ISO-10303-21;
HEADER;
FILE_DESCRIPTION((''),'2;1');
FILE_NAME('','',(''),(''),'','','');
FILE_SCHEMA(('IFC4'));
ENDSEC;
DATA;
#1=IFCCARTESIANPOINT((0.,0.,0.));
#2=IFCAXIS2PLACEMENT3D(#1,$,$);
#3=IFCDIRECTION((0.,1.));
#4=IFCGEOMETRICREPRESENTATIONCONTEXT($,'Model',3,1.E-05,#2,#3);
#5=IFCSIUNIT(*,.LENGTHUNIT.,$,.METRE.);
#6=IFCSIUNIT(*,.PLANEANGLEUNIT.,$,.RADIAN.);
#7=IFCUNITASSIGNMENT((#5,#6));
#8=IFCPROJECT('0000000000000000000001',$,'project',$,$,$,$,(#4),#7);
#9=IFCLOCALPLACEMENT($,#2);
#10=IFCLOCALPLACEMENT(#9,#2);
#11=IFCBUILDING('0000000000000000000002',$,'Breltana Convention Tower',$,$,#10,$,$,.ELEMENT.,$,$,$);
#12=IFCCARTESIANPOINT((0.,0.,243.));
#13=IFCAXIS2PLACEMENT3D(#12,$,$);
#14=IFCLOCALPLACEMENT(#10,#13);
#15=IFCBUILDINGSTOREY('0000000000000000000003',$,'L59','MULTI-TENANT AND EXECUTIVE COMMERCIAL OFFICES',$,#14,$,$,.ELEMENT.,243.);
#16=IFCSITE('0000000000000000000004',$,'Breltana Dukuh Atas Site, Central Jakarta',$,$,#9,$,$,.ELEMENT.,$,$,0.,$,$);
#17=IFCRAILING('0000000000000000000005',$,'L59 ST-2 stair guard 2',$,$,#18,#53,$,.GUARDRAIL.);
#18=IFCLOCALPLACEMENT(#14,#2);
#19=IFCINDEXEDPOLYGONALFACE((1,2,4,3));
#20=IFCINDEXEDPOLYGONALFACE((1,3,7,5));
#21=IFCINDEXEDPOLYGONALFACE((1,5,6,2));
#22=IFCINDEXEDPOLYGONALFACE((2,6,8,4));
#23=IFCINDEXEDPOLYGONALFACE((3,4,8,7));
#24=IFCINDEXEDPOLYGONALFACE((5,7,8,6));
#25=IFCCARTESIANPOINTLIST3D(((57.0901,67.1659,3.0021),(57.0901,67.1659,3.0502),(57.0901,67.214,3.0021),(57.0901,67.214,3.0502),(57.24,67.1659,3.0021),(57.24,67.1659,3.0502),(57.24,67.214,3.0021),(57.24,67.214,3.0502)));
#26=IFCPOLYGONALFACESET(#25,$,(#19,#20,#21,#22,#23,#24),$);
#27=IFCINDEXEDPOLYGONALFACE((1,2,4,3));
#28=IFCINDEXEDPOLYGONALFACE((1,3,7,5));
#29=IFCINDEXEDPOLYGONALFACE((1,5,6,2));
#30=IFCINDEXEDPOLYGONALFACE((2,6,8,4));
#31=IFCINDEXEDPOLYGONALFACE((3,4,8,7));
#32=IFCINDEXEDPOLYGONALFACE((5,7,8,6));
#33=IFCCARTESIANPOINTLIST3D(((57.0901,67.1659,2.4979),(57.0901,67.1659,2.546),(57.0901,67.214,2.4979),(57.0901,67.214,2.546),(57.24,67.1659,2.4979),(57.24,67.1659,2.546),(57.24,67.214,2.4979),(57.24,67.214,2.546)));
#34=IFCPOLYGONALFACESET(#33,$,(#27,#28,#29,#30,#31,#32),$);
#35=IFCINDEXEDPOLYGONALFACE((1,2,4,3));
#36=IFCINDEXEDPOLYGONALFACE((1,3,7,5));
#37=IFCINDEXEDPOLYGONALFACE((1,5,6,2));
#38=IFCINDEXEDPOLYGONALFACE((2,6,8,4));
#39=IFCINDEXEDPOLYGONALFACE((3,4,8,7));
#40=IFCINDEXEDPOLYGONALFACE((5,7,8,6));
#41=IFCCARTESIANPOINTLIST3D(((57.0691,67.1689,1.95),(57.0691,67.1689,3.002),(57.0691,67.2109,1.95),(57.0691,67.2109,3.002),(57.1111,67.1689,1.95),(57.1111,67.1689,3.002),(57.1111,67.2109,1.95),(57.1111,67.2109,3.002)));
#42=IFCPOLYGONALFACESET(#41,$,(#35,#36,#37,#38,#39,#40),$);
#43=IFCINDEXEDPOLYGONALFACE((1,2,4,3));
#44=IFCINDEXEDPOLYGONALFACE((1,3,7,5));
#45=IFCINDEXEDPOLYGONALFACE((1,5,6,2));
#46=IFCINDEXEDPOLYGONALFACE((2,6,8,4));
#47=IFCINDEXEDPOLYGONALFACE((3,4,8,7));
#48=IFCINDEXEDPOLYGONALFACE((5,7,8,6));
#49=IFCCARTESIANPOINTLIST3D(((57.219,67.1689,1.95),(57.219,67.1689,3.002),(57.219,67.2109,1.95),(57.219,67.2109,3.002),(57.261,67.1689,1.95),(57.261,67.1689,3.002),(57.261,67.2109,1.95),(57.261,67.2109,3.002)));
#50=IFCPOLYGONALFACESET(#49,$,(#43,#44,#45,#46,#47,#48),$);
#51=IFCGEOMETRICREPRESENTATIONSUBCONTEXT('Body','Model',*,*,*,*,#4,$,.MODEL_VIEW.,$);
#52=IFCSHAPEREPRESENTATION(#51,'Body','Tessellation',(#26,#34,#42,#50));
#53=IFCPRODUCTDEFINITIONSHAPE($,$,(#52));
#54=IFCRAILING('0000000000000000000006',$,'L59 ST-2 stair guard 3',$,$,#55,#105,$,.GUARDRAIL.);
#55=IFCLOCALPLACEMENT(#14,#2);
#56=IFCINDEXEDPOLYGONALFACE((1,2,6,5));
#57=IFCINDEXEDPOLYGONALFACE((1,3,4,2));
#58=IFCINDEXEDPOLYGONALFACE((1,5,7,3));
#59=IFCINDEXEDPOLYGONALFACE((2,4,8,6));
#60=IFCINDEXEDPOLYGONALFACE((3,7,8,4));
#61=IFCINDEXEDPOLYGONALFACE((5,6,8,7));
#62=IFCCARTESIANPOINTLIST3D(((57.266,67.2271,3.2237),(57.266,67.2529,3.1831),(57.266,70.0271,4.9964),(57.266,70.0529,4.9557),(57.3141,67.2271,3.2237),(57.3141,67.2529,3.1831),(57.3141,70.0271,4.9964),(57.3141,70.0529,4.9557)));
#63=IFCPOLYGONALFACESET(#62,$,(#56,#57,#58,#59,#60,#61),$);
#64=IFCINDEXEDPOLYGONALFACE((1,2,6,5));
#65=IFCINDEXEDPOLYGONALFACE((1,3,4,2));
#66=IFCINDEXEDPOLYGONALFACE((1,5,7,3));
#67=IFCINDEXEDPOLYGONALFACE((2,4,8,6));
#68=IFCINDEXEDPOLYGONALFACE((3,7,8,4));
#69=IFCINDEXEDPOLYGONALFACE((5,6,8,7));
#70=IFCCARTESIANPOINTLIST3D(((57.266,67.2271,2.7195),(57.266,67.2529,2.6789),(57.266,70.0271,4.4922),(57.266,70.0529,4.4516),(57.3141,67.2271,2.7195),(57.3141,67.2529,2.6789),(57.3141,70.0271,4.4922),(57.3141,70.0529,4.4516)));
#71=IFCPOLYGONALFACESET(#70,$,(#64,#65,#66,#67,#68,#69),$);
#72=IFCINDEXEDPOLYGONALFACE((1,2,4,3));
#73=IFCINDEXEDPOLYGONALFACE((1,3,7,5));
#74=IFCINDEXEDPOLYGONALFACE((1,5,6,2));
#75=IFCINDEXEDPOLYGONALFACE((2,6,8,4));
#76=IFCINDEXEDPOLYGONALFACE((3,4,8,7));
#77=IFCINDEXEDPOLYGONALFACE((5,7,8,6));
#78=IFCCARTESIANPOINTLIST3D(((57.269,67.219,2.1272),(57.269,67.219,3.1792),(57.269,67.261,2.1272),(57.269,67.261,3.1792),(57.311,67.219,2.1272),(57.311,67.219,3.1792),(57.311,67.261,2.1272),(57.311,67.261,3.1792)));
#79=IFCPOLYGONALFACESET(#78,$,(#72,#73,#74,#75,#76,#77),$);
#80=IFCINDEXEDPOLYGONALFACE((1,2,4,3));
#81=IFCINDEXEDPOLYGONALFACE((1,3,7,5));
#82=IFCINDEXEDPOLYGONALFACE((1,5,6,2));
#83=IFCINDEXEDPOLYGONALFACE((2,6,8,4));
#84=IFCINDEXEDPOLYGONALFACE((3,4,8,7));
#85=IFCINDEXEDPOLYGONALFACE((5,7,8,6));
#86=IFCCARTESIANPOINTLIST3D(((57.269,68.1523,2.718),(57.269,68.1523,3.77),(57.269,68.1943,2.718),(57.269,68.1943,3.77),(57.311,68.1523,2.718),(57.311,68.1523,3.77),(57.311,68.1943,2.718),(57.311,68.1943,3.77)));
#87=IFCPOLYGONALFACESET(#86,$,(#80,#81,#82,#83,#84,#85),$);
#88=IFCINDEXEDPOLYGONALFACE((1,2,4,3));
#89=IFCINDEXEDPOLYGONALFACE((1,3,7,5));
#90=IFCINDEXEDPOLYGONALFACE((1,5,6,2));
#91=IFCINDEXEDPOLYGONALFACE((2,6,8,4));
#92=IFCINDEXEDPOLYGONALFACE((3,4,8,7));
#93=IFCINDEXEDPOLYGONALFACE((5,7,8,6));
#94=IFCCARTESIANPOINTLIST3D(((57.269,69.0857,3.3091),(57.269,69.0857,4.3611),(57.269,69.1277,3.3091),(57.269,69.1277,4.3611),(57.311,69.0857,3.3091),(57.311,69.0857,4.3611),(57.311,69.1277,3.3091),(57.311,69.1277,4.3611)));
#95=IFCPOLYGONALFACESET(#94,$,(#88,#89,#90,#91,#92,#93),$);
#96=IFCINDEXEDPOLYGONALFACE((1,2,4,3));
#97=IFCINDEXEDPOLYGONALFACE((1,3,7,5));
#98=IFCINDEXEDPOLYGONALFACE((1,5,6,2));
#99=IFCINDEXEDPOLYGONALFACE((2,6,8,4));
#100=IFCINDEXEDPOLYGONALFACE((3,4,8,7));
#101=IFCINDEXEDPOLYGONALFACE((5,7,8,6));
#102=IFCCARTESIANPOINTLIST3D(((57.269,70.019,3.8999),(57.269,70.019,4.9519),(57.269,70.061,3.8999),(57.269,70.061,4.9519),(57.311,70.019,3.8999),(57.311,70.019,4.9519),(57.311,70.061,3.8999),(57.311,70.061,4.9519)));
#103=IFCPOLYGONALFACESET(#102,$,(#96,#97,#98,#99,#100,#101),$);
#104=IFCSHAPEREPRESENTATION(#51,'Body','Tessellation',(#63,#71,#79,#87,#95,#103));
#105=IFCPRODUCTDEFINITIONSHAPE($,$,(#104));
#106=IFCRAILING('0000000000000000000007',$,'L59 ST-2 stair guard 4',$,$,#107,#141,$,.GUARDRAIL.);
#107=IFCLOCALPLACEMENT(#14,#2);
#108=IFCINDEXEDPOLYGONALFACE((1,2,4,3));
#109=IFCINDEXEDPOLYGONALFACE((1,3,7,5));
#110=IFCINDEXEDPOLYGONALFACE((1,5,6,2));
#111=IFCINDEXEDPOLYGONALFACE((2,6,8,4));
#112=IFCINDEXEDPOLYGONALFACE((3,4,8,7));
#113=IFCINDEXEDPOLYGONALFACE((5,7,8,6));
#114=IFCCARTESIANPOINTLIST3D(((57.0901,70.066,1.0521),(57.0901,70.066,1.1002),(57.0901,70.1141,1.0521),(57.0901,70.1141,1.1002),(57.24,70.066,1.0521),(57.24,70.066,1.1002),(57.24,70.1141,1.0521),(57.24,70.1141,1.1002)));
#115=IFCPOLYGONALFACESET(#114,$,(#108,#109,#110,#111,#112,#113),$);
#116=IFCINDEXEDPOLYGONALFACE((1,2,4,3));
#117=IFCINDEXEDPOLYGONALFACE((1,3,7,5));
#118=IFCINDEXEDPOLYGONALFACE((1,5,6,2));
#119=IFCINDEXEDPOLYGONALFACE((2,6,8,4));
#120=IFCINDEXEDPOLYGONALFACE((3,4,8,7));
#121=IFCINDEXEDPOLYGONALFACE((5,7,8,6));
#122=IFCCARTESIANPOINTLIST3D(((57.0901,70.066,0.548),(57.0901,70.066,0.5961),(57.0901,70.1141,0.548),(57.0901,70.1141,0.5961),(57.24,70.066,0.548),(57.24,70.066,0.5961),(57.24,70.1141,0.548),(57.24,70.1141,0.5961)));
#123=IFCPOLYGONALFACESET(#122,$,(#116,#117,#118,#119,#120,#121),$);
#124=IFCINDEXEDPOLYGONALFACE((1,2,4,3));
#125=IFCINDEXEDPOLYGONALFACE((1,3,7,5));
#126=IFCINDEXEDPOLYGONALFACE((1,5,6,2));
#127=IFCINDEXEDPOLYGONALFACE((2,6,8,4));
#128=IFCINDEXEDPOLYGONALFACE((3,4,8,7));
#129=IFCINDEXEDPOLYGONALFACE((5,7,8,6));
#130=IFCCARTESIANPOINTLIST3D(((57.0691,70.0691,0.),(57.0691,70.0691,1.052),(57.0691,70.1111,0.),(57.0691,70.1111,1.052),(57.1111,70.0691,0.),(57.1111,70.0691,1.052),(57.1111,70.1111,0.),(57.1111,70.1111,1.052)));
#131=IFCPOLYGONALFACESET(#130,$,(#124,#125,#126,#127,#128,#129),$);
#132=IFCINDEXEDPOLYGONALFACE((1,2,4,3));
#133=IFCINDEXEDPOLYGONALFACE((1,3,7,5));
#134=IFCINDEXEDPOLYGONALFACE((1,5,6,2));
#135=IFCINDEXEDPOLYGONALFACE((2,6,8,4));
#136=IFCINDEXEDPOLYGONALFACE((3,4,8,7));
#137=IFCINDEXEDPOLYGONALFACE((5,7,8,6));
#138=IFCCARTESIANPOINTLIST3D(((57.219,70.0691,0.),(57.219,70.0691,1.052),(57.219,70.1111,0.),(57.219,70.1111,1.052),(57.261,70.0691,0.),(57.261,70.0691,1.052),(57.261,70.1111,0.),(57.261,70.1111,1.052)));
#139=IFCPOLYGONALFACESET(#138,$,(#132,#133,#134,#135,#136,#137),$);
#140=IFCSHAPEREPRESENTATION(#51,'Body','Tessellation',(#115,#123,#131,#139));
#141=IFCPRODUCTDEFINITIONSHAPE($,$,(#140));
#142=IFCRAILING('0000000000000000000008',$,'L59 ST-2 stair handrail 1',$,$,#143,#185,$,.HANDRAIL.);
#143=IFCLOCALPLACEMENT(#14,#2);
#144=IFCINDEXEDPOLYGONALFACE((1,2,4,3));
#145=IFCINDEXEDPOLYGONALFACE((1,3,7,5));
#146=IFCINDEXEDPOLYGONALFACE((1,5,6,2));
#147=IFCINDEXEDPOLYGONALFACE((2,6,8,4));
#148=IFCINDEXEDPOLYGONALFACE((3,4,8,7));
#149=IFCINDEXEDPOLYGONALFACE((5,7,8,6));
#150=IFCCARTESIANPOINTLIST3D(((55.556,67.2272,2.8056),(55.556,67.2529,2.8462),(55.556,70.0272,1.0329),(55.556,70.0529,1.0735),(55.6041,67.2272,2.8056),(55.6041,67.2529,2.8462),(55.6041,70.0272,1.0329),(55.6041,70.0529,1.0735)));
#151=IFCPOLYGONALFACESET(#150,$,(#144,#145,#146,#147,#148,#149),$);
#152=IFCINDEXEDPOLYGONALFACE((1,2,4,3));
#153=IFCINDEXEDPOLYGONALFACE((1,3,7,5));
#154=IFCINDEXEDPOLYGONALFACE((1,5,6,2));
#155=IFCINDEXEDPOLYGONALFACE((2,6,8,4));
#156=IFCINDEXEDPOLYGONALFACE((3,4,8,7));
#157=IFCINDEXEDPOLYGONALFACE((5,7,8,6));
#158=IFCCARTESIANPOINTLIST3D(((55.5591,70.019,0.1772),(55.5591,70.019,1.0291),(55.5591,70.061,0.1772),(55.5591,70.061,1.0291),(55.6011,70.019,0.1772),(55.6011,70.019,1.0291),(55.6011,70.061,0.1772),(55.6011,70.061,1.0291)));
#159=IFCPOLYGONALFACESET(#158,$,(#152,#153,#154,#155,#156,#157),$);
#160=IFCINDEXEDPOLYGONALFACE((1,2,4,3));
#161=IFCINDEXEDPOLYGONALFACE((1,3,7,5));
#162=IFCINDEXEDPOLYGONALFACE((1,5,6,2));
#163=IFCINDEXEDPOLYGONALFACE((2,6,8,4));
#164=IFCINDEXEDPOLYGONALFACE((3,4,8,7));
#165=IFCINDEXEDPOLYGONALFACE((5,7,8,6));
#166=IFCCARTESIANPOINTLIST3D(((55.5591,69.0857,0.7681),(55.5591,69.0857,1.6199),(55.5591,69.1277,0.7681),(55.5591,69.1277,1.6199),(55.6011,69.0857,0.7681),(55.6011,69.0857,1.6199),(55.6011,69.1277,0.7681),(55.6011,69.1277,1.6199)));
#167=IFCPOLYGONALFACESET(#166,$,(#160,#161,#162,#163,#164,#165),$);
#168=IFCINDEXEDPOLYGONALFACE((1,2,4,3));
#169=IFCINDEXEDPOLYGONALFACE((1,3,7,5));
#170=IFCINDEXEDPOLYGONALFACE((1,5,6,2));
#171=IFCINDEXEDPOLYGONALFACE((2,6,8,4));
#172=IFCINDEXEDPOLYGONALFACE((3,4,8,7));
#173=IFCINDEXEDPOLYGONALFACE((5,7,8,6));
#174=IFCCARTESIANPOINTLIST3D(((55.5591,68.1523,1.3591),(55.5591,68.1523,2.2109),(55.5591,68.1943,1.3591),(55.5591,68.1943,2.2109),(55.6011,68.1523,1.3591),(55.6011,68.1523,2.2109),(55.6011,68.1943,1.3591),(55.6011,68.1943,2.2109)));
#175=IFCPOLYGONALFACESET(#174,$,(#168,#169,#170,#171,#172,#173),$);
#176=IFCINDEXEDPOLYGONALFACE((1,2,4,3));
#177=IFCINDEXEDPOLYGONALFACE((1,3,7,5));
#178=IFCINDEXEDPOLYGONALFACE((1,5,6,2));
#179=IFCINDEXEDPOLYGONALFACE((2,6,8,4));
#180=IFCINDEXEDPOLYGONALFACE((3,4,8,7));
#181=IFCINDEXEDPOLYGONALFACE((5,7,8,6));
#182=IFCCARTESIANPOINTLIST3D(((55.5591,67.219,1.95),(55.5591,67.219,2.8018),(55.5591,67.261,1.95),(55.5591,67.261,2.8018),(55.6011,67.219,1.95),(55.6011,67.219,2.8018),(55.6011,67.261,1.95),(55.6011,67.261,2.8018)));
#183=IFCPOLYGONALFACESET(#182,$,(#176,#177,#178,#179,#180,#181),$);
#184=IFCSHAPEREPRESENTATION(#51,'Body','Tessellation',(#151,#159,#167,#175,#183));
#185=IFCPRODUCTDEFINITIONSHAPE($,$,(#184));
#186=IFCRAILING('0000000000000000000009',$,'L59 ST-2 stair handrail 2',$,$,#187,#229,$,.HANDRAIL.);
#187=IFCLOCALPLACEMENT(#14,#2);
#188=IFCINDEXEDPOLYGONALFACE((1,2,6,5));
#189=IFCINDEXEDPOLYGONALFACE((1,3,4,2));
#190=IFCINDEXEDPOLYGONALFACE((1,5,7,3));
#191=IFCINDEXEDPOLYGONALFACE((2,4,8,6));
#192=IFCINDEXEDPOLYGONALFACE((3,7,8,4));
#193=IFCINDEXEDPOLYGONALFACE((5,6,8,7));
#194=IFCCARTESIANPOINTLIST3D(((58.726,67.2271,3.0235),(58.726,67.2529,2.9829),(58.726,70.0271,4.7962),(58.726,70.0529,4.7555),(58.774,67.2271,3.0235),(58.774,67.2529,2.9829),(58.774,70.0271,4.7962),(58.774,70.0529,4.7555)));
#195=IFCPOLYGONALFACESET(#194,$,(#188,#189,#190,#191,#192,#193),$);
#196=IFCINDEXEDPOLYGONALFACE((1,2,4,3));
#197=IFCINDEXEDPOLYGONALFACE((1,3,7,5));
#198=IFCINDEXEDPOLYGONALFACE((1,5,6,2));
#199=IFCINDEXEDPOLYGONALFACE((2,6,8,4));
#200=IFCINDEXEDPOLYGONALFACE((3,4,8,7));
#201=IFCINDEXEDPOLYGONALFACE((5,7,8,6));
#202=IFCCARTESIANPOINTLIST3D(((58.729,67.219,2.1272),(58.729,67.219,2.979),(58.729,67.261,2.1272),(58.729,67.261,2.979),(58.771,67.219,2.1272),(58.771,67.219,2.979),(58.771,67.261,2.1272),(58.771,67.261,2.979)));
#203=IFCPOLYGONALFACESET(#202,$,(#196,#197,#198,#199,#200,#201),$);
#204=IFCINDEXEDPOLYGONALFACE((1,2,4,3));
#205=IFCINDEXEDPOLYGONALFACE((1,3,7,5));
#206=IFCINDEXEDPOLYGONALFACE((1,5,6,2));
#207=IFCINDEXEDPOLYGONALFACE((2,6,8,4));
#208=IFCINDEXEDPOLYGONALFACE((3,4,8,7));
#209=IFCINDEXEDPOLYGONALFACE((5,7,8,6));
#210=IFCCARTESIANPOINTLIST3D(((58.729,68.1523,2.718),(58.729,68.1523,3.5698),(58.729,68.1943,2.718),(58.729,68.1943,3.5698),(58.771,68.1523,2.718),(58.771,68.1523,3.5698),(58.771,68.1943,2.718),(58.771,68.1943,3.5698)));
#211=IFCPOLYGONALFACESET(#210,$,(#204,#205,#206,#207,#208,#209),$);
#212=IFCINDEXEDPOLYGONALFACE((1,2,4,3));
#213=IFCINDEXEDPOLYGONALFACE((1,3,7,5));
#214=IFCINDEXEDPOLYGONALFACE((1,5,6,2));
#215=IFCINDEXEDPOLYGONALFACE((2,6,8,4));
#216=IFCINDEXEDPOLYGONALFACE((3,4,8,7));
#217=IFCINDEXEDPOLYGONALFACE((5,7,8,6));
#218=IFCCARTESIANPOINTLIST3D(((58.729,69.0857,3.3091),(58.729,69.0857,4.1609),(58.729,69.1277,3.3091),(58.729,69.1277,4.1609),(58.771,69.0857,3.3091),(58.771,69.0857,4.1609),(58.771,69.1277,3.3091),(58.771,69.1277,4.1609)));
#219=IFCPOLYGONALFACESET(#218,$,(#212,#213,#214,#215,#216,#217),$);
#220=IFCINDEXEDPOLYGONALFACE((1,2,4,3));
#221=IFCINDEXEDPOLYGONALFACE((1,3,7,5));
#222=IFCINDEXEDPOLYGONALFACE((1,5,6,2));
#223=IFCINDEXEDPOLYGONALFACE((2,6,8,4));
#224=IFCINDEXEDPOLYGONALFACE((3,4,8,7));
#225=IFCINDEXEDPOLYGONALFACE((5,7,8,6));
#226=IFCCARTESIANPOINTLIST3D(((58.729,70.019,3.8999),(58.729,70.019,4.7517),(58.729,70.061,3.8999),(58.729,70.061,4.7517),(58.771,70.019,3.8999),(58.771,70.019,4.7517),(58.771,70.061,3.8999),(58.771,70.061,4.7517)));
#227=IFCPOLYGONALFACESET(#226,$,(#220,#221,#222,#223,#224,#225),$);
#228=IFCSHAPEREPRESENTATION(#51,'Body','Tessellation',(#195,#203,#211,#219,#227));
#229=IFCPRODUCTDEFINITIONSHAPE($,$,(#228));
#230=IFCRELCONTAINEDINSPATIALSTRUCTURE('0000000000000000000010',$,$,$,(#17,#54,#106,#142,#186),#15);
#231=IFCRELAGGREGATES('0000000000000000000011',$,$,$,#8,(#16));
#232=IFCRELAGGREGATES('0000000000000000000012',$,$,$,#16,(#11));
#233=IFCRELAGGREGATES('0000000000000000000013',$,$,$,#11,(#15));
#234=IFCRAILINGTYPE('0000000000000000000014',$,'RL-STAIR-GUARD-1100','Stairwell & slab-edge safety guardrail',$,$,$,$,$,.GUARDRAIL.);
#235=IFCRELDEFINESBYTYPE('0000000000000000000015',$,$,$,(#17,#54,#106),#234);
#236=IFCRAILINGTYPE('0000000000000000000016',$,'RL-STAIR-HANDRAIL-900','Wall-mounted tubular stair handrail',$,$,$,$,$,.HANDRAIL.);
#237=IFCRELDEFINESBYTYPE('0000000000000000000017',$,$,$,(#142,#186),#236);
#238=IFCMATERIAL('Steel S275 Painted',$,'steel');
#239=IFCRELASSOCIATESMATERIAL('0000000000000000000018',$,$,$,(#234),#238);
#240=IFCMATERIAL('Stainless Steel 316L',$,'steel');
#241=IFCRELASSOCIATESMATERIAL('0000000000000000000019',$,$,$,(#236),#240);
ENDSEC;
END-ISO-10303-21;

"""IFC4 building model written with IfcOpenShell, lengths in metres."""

from ifc_helpers import new_model, si_unit, direction, frame, origin, origin_2d, place, context, subcontext, project, spatial, rectangle, extrude, material, type_object, element, save


model = new_model("IFC4")

# Units and contexts
model_context = context("Model", 3, precision=1e-05, world=origin(), true_north=direction((0.0, 1.0)))
body_context = subcontext(model_context, "Body", "Model", "MODEL_VIEW")
ifc_project = project(units=[si_unit("LENGTHUNIT", "METRE"), si_unit("PLANEANGLEUNIT", "RADIAN")], contexts=[model_context])

# Site, building, storey
site_placement = place(None, origin())
site = spatial("IfcSite", under=ifc_project, at=site_placement, Name="Breltana Dukuh Atas Site, Central Jakarta", CompositionType="ELEMENT", RefElevation=0.0)
building_placement = place(site_placement, origin())
building = spatial("IfcBuilding", under=site, at=building_placement, Name="Breltana Convention Tower", CompositionType="ELEMENT")
storey_placement = place(building_placement, frame((0.0, 0.0, 243.0)))
storey = spatial("IfcBuildingStorey", under=building, at=storey_placement, Name="L59", Description="MULTI-TENANT AND EXECUTIVE COMMERCIAL OFFICES", CompositionType="ELEMENT", Elevation=243.0)

# Railings
ifc_material_1 = material(Name="Steel S275 Painted", Category="steel")
railing_type_1 = type_object("IfcRailingType", Name="RL-STAIR-GUARD-1100", Description="Stairwell & slab-edge safety guardrail", PredefinedType="GUARDRAIL", material=ifc_material_1)
railing_1_placement = place(storey_placement, frame((57.0901, 67.1899, 1.95)))
element("IfcRailing", 1, at=railing_1_placement, inside=storey, type_object=railing_type_1, Name="L59 ST-2 stair guard 2", PredefinedType="GUARDRAIL", context=body_context, shape_type="SweptSolid", body=[
    extrude(rectangle(XDim=0.0481, YDim=0.0481, at=origin_2d()), frame((0.0, 0.0, 1.0762), z_axis=(1.0, 0.0, 0.0), x_axis=(0.0, 1.0, 0.0)), (0.0, 0.0, 1.0), 0.1499),
    extrude(rectangle(XDim=0.0481, YDim=0.0481, at=origin_2d()), frame((0.0, 0.0, 0.572), z_axis=(1.0, 0.0, 0.0), x_axis=(0.0, 1.0, 0.0)), (0.0, 0.0, 1.0), 0.1499),
    extrude(rectangle(XDim=0.042, YDim=0.042, at=origin_2d()), origin(), (0.0, 0.0, 1.0), 1.052),
    extrude(rectangle(XDim=0.042, YDim=0.042, at=origin_2d()), frame((0.1499, 0.0, 0.0)), (0.0, 0.0, 1.0), 1.052),
])
railing_2_placement = place(storey_placement, frame((57.29, 67.24, 2.1272)))
element("IfcRailing", 2, at=railing_2_placement, inside=storey, type_object=railing_type_1, Name="L59 ST-2 stair guard 3", PredefinedType="GUARDRAIL", context=body_context, shape_type="SweptSolid", body=[
    extrude(rectangle(XDim=0.0481, YDim=0.0481, at=origin_2d()), frame((0.0, 0.0, 1.0762), z_axis=(0.0, 0.844909, 0.53491), x_axis=(-1.0, 0.0, 0.0)), (0.0, 0.0, 1.0), 3.314),
    extrude(rectangle(XDim=0.0481, YDim=0.0481, at=origin_2d()), frame((0.0, 0.0, 0.572), z_axis=(0.0, 0.844909, 0.53491), x_axis=(-1.0, 0.0, 0.0)), (0.0, 0.0, 1.0), 3.314),
    extrude(rectangle(XDim=0.042, YDim=0.042, at=origin_2d()), origin(), (0.0, 0.0, 1.0), 1.052),
    extrude(rectangle(XDim=0.042, YDim=0.042, at=origin_2d()), frame((0.0, 0.9333, 0.5908)), (0.0, 0.0, 1.0), 1.052),
    extrude(rectangle(XDim=0.042, YDim=0.042, at=origin_2d()), frame((0.0, 1.8667, 1.1819)), (0.0, 0.0, 1.0), 1.052),
    extrude(rectangle(XDim=0.042, YDim=0.042, at=origin_2d()), frame((0.0, 2.8, 1.7727)), (0.0, 0.0, 1.0), 1.052),
])
railing_3_placement = place(storey_placement, frame((57.0901, 70.0901, 0.0)))
element("IfcRailing", 3, at=railing_3_placement, inside=storey, type_object=railing_type_1, Name="L59 ST-2 stair guard 4", PredefinedType="GUARDRAIL", context=body_context, shape_type="SweptSolid", body=[
    extrude(rectangle(XDim=0.0481, YDim=0.0481, at=origin_2d()), frame((0.0, 0.0, 1.0762), z_axis=(1.0, 0.0, 0.0), x_axis=(0.0, 1.0, 0.0)), (0.0, 0.0, 1.0), 0.1499),
    extrude(rectangle(XDim=0.0481, YDim=0.0481, at=origin_2d()), frame((0.0, 0.0, 0.572), z_axis=(1.0, 0.0, 0.0), x_axis=(0.0, 1.0, 0.0)), (0.0, 0.0, 1.0), 0.1499),
    extrude(rectangle(XDim=0.042, YDim=0.042, at=origin_2d()), origin(), (0.0, 0.0, 1.0), 1.052),
    extrude(rectangle(XDim=0.042, YDim=0.042, at=origin_2d()), frame((0.1499, 0.0, 0.0)), (0.0, 0.0, 1.0), 1.052),
])
ifc_material_2 = material(Name="Stainless Steel 316L", Category="steel")
railing_type_2 = type_object("IfcRailingType", Name="RL-STAIR-HANDRAIL-900", Description="Wall-mounted tubular stair handrail", PredefinedType="HANDRAIL", material=ifc_material_2)
railing_4_placement = place(storey_placement, frame((55.5801, 70.04, 0.1772)))
element("IfcRailing", 4, at=railing_4_placement, inside=storey, type_object=railing_type_2, Name="L59 ST-2 stair handrail 1", PredefinedType="HANDRAIL", context=body_context, shape_type="SweptSolid", body=[
    extrude(rectangle(XDim=0.0481, YDim=0.0481, at=origin_2d()), frame((0.0, 0.0, 0.876), z_axis=(0.0, -0.844909, 0.53491), x_axis=(1.0, 0.0, 0.0)), (0.0, 0.0, 1.0), 3.314),
    extrude(rectangle(XDim=0.042, YDim=0.042, at=origin_2d()), origin(), (0.0, 0.0, 1.0), 0.8518),
    extrude(rectangle(XDim=0.042, YDim=0.042, at=origin_2d()), frame((0.0, -0.9333, 0.5908)), (0.0, 0.0, 1.0), 0.8518),
    extrude(rectangle(XDim=0.042, YDim=0.042, at=origin_2d()), frame((0.0, -1.8667, 1.1819)), (0.0, 0.0, 1.0), 0.8518),
    extrude(rectangle(XDim=0.042, YDim=0.042, at=origin_2d()), frame((0.0, -2.8, 1.7727)), (0.0, 0.0, 1.0), 0.8518),
])
railing_5_placement = place(storey_placement, frame((58.75, 67.24, 2.1272)))
element("IfcRailing", 5, at=railing_5_placement, inside=storey, type_object=railing_type_2, Name="L59 ST-2 stair handrail 2", PredefinedType="HANDRAIL", context=body_context, shape_type="SweptSolid", body=[
    extrude(rectangle(XDim=0.0481, YDim=0.0481, at=origin_2d()), frame((0.0, 0.0, 0.876), z_axis=(0.0, 0.844909, 0.53491), x_axis=(-1.0, 0.0, 0.0)), (0.0, 0.0, 1.0), 3.314),
    extrude(rectangle(XDim=0.042, YDim=0.042, at=origin_2d()), origin(), (0.0, 0.0, 1.0), 0.8518),
    extrude(rectangle(XDim=0.042, YDim=0.042, at=origin_2d()), frame((0.0, 0.9333, 0.5908)), (0.0, 0.0, 1.0), 0.8518),
    extrude(rectangle(XDim=0.042, YDim=0.042, at=origin_2d()), frame((0.0, 1.8667, 1.1819)), (0.0, 0.0, 1.0), 0.8518),
    extrude(rectangle(XDim=0.042, YDim=0.042, at=origin_2d()), frame((0.0, 2.8, 1.7727)), (0.0, 0.0, 1.0), 0.8518),
])

save(model, "model.ifc")
